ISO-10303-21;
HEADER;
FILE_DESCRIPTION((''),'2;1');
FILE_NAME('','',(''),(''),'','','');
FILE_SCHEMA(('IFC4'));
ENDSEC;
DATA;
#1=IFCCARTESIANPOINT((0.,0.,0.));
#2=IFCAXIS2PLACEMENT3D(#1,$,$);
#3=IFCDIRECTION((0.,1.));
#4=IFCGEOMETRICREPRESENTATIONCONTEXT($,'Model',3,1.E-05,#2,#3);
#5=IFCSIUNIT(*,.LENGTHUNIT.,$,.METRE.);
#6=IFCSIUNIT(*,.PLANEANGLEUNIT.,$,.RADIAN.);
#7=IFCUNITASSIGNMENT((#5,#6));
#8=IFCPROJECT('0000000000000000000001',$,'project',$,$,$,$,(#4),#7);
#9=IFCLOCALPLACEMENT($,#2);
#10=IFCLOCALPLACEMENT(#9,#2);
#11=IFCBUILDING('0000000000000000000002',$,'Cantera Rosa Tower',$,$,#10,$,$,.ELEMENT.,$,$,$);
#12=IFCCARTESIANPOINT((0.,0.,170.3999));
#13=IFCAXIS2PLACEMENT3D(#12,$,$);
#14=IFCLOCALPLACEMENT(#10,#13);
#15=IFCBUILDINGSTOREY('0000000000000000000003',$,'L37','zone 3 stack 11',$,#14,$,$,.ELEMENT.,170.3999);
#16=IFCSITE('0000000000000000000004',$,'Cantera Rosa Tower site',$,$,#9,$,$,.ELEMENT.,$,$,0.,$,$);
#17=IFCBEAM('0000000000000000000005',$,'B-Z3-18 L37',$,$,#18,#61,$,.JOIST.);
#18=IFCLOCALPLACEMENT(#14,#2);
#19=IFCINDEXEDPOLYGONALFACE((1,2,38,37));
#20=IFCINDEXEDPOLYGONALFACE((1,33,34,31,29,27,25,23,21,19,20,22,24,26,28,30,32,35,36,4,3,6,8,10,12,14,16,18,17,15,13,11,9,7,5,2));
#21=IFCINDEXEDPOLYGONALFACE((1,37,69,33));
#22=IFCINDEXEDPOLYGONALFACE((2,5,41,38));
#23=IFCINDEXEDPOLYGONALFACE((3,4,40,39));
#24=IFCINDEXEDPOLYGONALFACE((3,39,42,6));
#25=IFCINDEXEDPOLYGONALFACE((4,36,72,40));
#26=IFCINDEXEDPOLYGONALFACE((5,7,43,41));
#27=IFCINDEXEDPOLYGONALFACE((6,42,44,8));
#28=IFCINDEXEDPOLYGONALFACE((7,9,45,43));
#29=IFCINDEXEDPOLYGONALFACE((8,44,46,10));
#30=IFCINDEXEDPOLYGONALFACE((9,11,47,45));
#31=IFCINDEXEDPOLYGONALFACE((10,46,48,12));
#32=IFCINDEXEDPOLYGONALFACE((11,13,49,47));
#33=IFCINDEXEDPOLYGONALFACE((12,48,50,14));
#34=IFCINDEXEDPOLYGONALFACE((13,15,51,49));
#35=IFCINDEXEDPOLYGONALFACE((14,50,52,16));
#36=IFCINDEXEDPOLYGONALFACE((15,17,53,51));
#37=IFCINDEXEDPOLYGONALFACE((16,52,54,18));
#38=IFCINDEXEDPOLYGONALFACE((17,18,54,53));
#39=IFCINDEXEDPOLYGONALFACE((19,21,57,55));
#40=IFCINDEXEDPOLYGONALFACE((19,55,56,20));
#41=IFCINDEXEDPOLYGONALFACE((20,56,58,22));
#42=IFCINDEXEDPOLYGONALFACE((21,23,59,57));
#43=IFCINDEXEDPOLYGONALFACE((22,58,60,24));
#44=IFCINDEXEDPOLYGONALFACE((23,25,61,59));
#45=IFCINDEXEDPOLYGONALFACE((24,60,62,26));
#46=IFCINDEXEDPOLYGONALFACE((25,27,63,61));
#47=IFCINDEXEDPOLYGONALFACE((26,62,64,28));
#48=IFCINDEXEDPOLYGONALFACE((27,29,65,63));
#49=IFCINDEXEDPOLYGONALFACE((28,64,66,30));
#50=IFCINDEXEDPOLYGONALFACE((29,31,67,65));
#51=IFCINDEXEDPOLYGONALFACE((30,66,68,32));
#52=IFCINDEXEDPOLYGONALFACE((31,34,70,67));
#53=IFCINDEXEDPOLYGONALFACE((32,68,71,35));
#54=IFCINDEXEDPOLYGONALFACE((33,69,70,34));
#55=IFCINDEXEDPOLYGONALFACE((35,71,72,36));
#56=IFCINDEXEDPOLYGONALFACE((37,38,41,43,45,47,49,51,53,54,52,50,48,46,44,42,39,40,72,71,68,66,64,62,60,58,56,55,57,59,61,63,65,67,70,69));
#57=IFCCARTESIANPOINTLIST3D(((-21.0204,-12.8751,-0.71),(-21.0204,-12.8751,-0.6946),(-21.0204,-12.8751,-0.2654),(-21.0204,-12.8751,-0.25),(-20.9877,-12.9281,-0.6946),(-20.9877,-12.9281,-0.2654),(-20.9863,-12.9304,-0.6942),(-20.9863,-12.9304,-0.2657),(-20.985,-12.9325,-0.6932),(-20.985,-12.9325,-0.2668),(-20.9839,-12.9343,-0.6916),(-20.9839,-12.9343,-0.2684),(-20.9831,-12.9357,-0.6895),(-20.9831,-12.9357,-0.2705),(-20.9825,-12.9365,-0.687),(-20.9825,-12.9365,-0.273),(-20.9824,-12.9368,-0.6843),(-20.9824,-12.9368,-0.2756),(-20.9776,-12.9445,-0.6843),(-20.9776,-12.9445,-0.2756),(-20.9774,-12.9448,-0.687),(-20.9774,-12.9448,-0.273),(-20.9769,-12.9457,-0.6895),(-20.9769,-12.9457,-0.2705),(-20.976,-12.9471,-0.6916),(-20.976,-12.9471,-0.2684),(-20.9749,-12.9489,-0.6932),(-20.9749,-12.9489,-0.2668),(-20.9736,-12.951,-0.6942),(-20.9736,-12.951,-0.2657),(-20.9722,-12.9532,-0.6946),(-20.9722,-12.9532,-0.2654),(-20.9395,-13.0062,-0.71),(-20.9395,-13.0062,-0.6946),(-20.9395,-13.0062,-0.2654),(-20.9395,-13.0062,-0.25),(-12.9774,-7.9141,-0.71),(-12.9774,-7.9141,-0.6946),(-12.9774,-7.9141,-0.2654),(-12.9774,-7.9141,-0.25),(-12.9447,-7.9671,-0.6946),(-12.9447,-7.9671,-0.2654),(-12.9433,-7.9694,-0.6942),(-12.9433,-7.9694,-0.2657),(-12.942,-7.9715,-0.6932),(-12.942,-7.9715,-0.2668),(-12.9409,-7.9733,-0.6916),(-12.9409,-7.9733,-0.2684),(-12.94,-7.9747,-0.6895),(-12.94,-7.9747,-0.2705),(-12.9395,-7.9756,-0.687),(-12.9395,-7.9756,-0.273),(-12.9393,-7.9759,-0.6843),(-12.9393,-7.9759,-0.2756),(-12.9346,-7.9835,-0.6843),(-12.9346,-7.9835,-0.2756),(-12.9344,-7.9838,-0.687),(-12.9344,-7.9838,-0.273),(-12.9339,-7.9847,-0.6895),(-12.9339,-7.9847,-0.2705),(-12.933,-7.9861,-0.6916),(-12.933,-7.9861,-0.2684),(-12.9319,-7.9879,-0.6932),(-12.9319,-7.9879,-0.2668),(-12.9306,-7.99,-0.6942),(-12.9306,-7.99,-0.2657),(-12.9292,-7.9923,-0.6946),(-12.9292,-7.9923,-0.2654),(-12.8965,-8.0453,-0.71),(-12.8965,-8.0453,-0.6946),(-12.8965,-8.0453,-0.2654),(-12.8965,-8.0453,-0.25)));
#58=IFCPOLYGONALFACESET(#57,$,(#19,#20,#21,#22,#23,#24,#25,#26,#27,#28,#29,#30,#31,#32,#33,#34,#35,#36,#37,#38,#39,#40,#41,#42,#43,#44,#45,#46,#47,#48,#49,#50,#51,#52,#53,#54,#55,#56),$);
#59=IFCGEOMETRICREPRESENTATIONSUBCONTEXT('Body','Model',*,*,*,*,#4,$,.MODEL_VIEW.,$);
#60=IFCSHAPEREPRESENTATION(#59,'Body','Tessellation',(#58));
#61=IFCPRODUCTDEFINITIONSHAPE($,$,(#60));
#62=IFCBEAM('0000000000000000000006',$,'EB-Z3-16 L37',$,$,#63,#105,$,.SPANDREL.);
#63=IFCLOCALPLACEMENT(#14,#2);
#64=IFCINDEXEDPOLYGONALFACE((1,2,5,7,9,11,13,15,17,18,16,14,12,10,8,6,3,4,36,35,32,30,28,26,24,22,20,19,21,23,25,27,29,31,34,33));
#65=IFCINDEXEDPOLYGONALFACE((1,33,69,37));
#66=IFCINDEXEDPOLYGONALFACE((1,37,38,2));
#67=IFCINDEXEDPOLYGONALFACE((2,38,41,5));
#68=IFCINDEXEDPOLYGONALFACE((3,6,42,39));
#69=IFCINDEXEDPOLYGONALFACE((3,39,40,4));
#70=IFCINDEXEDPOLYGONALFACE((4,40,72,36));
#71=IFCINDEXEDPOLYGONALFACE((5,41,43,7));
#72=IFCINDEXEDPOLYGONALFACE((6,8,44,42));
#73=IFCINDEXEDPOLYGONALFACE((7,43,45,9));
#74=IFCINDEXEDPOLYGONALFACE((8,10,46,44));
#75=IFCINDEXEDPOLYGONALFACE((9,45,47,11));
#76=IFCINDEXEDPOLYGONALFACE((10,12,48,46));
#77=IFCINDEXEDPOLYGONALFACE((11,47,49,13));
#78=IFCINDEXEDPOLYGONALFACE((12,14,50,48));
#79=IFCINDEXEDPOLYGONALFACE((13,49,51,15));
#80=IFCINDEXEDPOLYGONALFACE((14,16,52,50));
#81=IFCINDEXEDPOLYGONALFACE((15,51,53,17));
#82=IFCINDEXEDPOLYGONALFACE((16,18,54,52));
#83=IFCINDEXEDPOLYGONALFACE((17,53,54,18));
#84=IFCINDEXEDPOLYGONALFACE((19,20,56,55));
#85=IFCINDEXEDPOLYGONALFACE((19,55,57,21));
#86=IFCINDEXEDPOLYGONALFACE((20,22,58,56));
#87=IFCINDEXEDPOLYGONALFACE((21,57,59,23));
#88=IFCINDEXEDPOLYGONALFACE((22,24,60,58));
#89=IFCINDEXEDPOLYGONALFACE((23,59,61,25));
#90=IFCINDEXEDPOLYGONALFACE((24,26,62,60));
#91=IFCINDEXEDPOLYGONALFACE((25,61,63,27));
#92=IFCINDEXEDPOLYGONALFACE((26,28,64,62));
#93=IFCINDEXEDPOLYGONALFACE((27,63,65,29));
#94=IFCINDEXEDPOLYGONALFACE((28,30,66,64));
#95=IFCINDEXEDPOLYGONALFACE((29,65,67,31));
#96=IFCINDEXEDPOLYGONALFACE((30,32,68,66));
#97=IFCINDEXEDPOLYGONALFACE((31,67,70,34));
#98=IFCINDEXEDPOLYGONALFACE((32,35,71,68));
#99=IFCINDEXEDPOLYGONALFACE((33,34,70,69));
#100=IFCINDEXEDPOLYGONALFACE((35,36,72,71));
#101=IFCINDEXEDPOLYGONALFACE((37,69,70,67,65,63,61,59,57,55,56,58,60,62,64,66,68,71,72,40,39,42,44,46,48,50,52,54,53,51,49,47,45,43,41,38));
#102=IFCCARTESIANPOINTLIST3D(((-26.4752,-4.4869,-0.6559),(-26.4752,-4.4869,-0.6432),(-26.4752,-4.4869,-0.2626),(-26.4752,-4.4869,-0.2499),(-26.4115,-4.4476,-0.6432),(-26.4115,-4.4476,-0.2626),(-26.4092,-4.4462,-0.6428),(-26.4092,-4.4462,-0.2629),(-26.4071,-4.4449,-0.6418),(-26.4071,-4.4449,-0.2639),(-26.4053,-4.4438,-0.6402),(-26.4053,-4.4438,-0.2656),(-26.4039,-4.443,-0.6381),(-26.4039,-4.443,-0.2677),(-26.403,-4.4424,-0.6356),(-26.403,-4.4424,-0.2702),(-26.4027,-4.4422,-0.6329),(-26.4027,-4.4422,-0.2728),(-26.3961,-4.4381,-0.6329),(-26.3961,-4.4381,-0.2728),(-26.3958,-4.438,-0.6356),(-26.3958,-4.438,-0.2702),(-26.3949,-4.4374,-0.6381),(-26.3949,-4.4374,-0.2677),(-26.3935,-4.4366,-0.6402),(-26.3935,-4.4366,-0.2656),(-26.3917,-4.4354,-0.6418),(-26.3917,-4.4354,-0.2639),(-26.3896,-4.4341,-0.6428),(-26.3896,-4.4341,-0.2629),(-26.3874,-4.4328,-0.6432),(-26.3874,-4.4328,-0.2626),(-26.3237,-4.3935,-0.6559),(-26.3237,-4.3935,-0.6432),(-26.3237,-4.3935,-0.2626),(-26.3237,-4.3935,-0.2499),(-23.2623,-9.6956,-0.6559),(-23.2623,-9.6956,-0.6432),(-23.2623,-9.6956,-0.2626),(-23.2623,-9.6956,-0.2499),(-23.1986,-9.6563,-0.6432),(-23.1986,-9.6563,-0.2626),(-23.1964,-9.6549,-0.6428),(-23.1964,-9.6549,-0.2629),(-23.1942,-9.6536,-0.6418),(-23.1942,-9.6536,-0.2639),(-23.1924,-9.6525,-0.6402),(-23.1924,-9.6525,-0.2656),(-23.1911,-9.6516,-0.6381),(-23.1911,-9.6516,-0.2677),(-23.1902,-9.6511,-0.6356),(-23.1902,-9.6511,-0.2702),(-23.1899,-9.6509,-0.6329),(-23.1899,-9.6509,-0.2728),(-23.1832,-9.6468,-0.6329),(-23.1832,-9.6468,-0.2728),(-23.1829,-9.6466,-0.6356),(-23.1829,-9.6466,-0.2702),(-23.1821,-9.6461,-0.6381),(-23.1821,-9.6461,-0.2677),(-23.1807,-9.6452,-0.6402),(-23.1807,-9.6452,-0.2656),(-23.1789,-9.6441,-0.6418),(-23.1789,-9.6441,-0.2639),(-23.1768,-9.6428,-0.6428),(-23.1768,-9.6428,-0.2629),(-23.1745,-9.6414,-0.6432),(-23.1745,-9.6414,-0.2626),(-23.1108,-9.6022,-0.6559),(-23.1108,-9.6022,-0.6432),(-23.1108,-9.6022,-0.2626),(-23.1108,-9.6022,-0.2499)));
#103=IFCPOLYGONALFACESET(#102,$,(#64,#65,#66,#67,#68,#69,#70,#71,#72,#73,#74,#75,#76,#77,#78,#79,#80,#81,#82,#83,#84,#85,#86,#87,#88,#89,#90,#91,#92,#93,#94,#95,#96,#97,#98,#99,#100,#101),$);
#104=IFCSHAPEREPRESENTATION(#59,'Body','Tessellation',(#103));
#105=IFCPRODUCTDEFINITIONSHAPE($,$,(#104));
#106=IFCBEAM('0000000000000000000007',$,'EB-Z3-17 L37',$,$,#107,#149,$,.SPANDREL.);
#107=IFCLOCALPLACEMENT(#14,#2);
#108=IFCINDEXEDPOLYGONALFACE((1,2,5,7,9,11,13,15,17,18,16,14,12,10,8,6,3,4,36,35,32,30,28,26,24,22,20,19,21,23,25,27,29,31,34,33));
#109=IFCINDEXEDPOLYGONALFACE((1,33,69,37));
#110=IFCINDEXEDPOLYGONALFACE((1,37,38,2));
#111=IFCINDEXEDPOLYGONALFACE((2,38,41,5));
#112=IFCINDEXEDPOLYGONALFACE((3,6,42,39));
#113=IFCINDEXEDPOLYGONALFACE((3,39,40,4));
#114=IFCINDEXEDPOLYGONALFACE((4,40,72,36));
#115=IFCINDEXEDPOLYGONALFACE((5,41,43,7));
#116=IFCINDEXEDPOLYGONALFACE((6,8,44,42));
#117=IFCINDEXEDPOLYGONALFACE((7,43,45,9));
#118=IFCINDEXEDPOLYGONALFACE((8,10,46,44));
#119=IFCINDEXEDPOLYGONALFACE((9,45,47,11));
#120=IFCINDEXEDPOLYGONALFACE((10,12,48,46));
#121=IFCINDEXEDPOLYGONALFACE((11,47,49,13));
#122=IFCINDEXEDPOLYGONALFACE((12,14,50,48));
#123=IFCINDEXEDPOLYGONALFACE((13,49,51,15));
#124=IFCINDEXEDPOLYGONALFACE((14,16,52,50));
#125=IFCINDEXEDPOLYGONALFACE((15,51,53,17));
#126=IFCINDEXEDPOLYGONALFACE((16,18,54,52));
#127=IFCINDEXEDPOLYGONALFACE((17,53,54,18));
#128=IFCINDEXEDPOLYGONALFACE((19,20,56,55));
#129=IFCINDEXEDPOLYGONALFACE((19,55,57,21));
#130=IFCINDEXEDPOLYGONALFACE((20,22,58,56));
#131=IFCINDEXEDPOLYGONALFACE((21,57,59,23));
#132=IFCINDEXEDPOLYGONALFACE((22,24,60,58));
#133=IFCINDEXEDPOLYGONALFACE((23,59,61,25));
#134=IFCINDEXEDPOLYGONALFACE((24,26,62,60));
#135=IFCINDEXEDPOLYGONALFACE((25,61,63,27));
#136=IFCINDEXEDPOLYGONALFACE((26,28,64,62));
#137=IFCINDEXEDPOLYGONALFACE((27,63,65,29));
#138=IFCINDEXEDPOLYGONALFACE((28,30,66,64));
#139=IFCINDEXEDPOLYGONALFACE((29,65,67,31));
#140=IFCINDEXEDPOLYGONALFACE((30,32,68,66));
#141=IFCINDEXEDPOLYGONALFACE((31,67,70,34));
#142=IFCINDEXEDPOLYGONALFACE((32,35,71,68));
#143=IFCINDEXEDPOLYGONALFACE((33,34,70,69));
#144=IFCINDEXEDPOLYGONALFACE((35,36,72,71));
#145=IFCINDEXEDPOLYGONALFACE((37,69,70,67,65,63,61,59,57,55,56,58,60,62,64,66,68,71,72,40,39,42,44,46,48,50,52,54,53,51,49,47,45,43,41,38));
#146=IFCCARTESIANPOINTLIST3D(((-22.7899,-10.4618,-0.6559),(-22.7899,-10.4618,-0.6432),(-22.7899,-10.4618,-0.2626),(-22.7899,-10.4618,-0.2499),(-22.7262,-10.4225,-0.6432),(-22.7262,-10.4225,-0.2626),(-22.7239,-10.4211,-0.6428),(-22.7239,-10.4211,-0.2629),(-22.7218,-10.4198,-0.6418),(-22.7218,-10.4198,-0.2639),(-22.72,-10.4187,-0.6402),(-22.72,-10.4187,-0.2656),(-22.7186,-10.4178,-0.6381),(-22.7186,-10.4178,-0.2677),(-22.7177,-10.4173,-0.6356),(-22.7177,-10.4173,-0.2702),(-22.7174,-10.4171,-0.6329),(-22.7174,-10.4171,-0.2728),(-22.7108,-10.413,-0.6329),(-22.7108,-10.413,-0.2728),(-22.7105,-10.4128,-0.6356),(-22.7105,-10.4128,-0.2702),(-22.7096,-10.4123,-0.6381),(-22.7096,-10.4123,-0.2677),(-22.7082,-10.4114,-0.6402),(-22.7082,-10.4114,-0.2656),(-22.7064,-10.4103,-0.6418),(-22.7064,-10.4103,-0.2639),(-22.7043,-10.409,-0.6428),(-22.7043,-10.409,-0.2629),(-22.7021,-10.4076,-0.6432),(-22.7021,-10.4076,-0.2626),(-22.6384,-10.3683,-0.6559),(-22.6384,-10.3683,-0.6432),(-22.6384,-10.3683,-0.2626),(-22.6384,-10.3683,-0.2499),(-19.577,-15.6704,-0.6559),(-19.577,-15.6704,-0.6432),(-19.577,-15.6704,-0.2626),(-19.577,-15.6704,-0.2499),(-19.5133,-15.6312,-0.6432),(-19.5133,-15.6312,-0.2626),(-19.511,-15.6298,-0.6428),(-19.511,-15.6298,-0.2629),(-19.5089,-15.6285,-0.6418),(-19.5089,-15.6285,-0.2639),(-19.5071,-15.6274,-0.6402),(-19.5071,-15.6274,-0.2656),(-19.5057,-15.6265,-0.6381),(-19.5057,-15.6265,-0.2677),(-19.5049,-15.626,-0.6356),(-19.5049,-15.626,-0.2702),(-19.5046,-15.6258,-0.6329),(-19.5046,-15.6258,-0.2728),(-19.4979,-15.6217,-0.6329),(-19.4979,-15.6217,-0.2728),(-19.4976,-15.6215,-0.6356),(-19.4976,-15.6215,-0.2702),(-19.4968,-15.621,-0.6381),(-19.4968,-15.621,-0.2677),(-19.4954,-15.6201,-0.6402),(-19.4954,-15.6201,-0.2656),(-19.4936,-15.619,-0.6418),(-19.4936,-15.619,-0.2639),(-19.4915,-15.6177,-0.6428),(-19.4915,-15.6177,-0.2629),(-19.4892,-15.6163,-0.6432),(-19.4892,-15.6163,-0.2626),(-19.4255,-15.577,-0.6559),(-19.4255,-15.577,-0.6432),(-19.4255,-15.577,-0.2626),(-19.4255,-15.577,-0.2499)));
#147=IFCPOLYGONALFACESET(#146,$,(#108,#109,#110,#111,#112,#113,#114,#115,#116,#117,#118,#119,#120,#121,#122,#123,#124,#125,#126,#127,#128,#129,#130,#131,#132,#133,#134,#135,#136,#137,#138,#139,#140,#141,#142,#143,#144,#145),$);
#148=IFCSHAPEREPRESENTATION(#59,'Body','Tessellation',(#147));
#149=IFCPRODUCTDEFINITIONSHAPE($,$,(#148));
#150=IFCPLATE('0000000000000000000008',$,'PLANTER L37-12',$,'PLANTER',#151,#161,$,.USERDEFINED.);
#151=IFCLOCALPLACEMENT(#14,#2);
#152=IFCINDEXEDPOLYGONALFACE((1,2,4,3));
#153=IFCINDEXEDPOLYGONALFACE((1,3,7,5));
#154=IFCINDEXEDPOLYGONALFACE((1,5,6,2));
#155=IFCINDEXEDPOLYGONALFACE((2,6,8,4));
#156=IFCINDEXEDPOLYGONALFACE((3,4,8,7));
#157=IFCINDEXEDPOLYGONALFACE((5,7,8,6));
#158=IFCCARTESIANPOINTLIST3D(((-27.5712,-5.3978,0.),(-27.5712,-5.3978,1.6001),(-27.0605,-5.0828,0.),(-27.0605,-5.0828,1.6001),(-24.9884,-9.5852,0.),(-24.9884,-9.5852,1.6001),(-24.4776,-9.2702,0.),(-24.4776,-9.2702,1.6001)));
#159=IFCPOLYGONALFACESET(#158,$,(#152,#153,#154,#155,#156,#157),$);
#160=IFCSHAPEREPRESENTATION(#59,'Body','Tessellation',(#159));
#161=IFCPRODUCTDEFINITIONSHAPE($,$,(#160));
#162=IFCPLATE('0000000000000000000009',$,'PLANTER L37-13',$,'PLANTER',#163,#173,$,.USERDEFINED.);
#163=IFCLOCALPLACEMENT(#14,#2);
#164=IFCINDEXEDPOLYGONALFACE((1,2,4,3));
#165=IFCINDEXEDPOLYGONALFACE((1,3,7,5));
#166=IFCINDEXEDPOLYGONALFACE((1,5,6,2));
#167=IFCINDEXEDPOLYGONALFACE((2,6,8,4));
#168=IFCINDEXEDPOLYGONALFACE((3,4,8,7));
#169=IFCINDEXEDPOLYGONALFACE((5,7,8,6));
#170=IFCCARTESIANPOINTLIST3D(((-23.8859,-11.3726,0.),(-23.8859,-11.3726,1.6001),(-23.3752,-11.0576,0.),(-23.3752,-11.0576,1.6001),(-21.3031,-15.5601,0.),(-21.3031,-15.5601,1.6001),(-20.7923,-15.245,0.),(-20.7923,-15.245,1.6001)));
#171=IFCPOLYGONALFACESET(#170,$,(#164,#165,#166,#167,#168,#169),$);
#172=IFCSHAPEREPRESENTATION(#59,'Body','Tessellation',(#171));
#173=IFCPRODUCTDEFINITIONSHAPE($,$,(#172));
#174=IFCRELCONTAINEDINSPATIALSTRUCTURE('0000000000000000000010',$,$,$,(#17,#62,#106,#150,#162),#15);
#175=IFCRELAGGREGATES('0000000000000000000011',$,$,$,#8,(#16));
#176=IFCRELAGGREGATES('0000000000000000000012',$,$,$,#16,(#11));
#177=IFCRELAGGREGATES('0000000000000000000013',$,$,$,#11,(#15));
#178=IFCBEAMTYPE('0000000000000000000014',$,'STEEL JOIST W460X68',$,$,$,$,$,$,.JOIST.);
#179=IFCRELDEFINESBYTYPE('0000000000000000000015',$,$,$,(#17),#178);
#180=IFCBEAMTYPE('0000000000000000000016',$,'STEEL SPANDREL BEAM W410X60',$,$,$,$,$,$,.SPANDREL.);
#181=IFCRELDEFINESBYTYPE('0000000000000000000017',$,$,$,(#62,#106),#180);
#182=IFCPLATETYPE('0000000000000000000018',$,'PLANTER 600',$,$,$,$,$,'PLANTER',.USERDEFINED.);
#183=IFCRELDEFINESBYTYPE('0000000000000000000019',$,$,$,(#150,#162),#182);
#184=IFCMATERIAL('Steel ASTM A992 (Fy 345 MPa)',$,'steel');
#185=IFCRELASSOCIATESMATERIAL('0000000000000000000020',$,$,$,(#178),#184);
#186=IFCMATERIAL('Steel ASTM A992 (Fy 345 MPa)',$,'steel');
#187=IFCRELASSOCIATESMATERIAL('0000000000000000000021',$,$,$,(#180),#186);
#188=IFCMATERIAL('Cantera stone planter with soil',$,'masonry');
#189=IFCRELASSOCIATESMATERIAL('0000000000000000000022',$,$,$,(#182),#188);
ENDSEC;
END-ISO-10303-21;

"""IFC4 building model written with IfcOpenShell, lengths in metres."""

from ifc_helpers import new_model, si_unit, direction, frame, origin, origin_2d, place, context, subcontext, project, spatial, rectangle, i_section, extrude, material, material_profile, profile_set, type_object, element, save


model = new_model("IFC4")

# Units and contexts
model_context = context("Model", 3, precision=1e-05, world=origin(), true_north=direction((0.0, 1.0)))
body_context = subcontext(model_context, "Body", "Model", "MODEL_VIEW")
ifc_project = project(units=[si_unit("LENGTHUNIT", "METRE"), si_unit("PLANEANGLEUNIT", "RADIAN")], contexts=[model_context])

# Site, building, storey
site_placement = place(None, origin())
site = spatial("IfcSite", under=ifc_project, at=site_placement, Name="Cantera Rosa Tower site", CompositionType="ELEMENT", RefElevation=0.0)
building_placement = place(site_placement, origin())
building = spatial("IfcBuilding", under=site, at=building_placement, Name="Cantera Rosa Tower", CompositionType="ELEMENT")
storey_placement = place(building_placement, frame((0.0, 0.0, 170.3999)))
storey = spatial("IfcBuildingStorey", under=building, at=storey_placement, Name="L37", Description="zone 3 stack 11", CompositionType="ELEMENT", Elevation=170.3999)

# Beams
ifc_material_1 = material(Name="Steel ASTM A992 (Fy 345 MPa)", Category="steel")
ifc_material_profile_1 = material_profile(ifc_material_1, i_section(OverallWidth=0.1541, OverallDepth=0.46, WebThickness=0.009, FlangeThickness=0.0154, FilletRadius=0.0103, at=origin_2d()), Name="W460X68")
ifc_profile_set_1 = profile_set([ifc_material_profile_1], Name="Steel ASTM A992 (Fy 345 MPa)")
beam_type_1 = type_object("IfcBeamType", Name="STEEL JOIST W460X68", PredefinedType="JOIST", material=ifc_profile_set_1)
for number, where, z_axis, x_axis, name in (
    (1, (-20.98, -12.9407, -0.48), (0.851119, 0.524974, 0.0), (-0.524974, 0.851119, 0.0), "B-Z3-18 L37"),
):
    element("IfcBeam", number, at=place(storey_placement, frame(where, z_axis=z_axis, x_axis=x_axis)), inside=storey, type_object=beam_type_1, Name=name, PredefinedType="JOIST", context=body_context, shape_type="SweptSolid", body=[
        extrude(i_section(OverallWidth=0.1541, OverallDepth=0.46, WebThickness=0.009, FlangeThickness=0.0154, FilletRadius=0.0103, at=origin_2d()), origin(), (0.0, 0.0, 1.0), 9.45),
    ])
ifc_material_2 = material(Name="Steel ASTM A992 (Fy 345 MPa)", Category="steel")
ifc_material_profile_2 = material_profile(ifc_material_2, i_section(OverallWidth=0.178, OverallDepth=0.406, WebThickness=0.0078, FlangeThickness=0.0127, FilletRadius=0.0103, at=origin_2d()), Name="W410X60")
ifc_profile_set_2 = profile_set([ifc_material_profile_2], Name="Steel ASTM A992 (Fy 345 MPa)")
beam_type_2 = type_object("IfcBeamType", Name="STEEL SPANDREL BEAM W410X60", PredefinedType="SPANDREL", material=ifc_profile_set_2)
for number, where, z_axis, x_axis, name in (
    (2, (-26.3994, -4.4402, -0.4529), (0.524987, -0.85111, 0.0), (0.85111, 0.524987, 0.0), "EB-Z3-16 L37"),
    (3, (-22.7141, -10.415, -0.4529), (0.524987, -0.85111, 0.0), (0.85111, 0.524987, 0.0), "EB-Z3-17 L37"),
):
    element("IfcBeam", number, at=place(storey_placement, frame(where, z_axis=z_axis, x_axis=x_axis)), inside=storey, type_object=beam_type_2, Name=name, PredefinedType="SPANDREL", context=body_context, shape_type="SweptSolid", body=[
        extrude(i_section(OverallWidth=0.178, OverallDepth=0.406, WebThickness=0.0078, FlangeThickness=0.0127, FilletRadius=0.0103, at=origin_2d()), origin(), (0.0, 0.0, 1.0), 6.1199),
    ])

# Plates
ifc_material_3 = material(Name="Cantera stone planter with soil", Category="masonry")
plate_type = type_object("IfcPlateType", Name="PLANTER 600", ElementType="PLANTER", PredefinedType="USERDEFINED", material=ifc_material_3)
for number, where, z_axis, x_axis, name in (
    (4, (-26.0244, -7.334, 0.0), (0.0, 0.0, 1.0), (0.524977, -0.851117, 0.0), "PLANTER L37-12"),
    (5, (-22.3391, -13.3088, 0.0), (0.0, 0.0, 1.0), (0.524977, -0.851117, 0.0), "PLANTER L37-13"),
):
    element("IfcPlate", number, at=place(storey_placement, frame(where, z_axis=z_axis, x_axis=x_axis)), inside=storey, type_object=plate_type, Name=name, ObjectType="PLANTER", PredefinedType="USERDEFINED", context=body_context, shape_type="SweptSolid", body=[
        extrude(rectangle(XDim=4.9199, YDim=0.6001, at=origin_2d()), origin(), (0.0, 0.0, 1.0), 1.6001),
    ])

save(model, "model.ifc")
